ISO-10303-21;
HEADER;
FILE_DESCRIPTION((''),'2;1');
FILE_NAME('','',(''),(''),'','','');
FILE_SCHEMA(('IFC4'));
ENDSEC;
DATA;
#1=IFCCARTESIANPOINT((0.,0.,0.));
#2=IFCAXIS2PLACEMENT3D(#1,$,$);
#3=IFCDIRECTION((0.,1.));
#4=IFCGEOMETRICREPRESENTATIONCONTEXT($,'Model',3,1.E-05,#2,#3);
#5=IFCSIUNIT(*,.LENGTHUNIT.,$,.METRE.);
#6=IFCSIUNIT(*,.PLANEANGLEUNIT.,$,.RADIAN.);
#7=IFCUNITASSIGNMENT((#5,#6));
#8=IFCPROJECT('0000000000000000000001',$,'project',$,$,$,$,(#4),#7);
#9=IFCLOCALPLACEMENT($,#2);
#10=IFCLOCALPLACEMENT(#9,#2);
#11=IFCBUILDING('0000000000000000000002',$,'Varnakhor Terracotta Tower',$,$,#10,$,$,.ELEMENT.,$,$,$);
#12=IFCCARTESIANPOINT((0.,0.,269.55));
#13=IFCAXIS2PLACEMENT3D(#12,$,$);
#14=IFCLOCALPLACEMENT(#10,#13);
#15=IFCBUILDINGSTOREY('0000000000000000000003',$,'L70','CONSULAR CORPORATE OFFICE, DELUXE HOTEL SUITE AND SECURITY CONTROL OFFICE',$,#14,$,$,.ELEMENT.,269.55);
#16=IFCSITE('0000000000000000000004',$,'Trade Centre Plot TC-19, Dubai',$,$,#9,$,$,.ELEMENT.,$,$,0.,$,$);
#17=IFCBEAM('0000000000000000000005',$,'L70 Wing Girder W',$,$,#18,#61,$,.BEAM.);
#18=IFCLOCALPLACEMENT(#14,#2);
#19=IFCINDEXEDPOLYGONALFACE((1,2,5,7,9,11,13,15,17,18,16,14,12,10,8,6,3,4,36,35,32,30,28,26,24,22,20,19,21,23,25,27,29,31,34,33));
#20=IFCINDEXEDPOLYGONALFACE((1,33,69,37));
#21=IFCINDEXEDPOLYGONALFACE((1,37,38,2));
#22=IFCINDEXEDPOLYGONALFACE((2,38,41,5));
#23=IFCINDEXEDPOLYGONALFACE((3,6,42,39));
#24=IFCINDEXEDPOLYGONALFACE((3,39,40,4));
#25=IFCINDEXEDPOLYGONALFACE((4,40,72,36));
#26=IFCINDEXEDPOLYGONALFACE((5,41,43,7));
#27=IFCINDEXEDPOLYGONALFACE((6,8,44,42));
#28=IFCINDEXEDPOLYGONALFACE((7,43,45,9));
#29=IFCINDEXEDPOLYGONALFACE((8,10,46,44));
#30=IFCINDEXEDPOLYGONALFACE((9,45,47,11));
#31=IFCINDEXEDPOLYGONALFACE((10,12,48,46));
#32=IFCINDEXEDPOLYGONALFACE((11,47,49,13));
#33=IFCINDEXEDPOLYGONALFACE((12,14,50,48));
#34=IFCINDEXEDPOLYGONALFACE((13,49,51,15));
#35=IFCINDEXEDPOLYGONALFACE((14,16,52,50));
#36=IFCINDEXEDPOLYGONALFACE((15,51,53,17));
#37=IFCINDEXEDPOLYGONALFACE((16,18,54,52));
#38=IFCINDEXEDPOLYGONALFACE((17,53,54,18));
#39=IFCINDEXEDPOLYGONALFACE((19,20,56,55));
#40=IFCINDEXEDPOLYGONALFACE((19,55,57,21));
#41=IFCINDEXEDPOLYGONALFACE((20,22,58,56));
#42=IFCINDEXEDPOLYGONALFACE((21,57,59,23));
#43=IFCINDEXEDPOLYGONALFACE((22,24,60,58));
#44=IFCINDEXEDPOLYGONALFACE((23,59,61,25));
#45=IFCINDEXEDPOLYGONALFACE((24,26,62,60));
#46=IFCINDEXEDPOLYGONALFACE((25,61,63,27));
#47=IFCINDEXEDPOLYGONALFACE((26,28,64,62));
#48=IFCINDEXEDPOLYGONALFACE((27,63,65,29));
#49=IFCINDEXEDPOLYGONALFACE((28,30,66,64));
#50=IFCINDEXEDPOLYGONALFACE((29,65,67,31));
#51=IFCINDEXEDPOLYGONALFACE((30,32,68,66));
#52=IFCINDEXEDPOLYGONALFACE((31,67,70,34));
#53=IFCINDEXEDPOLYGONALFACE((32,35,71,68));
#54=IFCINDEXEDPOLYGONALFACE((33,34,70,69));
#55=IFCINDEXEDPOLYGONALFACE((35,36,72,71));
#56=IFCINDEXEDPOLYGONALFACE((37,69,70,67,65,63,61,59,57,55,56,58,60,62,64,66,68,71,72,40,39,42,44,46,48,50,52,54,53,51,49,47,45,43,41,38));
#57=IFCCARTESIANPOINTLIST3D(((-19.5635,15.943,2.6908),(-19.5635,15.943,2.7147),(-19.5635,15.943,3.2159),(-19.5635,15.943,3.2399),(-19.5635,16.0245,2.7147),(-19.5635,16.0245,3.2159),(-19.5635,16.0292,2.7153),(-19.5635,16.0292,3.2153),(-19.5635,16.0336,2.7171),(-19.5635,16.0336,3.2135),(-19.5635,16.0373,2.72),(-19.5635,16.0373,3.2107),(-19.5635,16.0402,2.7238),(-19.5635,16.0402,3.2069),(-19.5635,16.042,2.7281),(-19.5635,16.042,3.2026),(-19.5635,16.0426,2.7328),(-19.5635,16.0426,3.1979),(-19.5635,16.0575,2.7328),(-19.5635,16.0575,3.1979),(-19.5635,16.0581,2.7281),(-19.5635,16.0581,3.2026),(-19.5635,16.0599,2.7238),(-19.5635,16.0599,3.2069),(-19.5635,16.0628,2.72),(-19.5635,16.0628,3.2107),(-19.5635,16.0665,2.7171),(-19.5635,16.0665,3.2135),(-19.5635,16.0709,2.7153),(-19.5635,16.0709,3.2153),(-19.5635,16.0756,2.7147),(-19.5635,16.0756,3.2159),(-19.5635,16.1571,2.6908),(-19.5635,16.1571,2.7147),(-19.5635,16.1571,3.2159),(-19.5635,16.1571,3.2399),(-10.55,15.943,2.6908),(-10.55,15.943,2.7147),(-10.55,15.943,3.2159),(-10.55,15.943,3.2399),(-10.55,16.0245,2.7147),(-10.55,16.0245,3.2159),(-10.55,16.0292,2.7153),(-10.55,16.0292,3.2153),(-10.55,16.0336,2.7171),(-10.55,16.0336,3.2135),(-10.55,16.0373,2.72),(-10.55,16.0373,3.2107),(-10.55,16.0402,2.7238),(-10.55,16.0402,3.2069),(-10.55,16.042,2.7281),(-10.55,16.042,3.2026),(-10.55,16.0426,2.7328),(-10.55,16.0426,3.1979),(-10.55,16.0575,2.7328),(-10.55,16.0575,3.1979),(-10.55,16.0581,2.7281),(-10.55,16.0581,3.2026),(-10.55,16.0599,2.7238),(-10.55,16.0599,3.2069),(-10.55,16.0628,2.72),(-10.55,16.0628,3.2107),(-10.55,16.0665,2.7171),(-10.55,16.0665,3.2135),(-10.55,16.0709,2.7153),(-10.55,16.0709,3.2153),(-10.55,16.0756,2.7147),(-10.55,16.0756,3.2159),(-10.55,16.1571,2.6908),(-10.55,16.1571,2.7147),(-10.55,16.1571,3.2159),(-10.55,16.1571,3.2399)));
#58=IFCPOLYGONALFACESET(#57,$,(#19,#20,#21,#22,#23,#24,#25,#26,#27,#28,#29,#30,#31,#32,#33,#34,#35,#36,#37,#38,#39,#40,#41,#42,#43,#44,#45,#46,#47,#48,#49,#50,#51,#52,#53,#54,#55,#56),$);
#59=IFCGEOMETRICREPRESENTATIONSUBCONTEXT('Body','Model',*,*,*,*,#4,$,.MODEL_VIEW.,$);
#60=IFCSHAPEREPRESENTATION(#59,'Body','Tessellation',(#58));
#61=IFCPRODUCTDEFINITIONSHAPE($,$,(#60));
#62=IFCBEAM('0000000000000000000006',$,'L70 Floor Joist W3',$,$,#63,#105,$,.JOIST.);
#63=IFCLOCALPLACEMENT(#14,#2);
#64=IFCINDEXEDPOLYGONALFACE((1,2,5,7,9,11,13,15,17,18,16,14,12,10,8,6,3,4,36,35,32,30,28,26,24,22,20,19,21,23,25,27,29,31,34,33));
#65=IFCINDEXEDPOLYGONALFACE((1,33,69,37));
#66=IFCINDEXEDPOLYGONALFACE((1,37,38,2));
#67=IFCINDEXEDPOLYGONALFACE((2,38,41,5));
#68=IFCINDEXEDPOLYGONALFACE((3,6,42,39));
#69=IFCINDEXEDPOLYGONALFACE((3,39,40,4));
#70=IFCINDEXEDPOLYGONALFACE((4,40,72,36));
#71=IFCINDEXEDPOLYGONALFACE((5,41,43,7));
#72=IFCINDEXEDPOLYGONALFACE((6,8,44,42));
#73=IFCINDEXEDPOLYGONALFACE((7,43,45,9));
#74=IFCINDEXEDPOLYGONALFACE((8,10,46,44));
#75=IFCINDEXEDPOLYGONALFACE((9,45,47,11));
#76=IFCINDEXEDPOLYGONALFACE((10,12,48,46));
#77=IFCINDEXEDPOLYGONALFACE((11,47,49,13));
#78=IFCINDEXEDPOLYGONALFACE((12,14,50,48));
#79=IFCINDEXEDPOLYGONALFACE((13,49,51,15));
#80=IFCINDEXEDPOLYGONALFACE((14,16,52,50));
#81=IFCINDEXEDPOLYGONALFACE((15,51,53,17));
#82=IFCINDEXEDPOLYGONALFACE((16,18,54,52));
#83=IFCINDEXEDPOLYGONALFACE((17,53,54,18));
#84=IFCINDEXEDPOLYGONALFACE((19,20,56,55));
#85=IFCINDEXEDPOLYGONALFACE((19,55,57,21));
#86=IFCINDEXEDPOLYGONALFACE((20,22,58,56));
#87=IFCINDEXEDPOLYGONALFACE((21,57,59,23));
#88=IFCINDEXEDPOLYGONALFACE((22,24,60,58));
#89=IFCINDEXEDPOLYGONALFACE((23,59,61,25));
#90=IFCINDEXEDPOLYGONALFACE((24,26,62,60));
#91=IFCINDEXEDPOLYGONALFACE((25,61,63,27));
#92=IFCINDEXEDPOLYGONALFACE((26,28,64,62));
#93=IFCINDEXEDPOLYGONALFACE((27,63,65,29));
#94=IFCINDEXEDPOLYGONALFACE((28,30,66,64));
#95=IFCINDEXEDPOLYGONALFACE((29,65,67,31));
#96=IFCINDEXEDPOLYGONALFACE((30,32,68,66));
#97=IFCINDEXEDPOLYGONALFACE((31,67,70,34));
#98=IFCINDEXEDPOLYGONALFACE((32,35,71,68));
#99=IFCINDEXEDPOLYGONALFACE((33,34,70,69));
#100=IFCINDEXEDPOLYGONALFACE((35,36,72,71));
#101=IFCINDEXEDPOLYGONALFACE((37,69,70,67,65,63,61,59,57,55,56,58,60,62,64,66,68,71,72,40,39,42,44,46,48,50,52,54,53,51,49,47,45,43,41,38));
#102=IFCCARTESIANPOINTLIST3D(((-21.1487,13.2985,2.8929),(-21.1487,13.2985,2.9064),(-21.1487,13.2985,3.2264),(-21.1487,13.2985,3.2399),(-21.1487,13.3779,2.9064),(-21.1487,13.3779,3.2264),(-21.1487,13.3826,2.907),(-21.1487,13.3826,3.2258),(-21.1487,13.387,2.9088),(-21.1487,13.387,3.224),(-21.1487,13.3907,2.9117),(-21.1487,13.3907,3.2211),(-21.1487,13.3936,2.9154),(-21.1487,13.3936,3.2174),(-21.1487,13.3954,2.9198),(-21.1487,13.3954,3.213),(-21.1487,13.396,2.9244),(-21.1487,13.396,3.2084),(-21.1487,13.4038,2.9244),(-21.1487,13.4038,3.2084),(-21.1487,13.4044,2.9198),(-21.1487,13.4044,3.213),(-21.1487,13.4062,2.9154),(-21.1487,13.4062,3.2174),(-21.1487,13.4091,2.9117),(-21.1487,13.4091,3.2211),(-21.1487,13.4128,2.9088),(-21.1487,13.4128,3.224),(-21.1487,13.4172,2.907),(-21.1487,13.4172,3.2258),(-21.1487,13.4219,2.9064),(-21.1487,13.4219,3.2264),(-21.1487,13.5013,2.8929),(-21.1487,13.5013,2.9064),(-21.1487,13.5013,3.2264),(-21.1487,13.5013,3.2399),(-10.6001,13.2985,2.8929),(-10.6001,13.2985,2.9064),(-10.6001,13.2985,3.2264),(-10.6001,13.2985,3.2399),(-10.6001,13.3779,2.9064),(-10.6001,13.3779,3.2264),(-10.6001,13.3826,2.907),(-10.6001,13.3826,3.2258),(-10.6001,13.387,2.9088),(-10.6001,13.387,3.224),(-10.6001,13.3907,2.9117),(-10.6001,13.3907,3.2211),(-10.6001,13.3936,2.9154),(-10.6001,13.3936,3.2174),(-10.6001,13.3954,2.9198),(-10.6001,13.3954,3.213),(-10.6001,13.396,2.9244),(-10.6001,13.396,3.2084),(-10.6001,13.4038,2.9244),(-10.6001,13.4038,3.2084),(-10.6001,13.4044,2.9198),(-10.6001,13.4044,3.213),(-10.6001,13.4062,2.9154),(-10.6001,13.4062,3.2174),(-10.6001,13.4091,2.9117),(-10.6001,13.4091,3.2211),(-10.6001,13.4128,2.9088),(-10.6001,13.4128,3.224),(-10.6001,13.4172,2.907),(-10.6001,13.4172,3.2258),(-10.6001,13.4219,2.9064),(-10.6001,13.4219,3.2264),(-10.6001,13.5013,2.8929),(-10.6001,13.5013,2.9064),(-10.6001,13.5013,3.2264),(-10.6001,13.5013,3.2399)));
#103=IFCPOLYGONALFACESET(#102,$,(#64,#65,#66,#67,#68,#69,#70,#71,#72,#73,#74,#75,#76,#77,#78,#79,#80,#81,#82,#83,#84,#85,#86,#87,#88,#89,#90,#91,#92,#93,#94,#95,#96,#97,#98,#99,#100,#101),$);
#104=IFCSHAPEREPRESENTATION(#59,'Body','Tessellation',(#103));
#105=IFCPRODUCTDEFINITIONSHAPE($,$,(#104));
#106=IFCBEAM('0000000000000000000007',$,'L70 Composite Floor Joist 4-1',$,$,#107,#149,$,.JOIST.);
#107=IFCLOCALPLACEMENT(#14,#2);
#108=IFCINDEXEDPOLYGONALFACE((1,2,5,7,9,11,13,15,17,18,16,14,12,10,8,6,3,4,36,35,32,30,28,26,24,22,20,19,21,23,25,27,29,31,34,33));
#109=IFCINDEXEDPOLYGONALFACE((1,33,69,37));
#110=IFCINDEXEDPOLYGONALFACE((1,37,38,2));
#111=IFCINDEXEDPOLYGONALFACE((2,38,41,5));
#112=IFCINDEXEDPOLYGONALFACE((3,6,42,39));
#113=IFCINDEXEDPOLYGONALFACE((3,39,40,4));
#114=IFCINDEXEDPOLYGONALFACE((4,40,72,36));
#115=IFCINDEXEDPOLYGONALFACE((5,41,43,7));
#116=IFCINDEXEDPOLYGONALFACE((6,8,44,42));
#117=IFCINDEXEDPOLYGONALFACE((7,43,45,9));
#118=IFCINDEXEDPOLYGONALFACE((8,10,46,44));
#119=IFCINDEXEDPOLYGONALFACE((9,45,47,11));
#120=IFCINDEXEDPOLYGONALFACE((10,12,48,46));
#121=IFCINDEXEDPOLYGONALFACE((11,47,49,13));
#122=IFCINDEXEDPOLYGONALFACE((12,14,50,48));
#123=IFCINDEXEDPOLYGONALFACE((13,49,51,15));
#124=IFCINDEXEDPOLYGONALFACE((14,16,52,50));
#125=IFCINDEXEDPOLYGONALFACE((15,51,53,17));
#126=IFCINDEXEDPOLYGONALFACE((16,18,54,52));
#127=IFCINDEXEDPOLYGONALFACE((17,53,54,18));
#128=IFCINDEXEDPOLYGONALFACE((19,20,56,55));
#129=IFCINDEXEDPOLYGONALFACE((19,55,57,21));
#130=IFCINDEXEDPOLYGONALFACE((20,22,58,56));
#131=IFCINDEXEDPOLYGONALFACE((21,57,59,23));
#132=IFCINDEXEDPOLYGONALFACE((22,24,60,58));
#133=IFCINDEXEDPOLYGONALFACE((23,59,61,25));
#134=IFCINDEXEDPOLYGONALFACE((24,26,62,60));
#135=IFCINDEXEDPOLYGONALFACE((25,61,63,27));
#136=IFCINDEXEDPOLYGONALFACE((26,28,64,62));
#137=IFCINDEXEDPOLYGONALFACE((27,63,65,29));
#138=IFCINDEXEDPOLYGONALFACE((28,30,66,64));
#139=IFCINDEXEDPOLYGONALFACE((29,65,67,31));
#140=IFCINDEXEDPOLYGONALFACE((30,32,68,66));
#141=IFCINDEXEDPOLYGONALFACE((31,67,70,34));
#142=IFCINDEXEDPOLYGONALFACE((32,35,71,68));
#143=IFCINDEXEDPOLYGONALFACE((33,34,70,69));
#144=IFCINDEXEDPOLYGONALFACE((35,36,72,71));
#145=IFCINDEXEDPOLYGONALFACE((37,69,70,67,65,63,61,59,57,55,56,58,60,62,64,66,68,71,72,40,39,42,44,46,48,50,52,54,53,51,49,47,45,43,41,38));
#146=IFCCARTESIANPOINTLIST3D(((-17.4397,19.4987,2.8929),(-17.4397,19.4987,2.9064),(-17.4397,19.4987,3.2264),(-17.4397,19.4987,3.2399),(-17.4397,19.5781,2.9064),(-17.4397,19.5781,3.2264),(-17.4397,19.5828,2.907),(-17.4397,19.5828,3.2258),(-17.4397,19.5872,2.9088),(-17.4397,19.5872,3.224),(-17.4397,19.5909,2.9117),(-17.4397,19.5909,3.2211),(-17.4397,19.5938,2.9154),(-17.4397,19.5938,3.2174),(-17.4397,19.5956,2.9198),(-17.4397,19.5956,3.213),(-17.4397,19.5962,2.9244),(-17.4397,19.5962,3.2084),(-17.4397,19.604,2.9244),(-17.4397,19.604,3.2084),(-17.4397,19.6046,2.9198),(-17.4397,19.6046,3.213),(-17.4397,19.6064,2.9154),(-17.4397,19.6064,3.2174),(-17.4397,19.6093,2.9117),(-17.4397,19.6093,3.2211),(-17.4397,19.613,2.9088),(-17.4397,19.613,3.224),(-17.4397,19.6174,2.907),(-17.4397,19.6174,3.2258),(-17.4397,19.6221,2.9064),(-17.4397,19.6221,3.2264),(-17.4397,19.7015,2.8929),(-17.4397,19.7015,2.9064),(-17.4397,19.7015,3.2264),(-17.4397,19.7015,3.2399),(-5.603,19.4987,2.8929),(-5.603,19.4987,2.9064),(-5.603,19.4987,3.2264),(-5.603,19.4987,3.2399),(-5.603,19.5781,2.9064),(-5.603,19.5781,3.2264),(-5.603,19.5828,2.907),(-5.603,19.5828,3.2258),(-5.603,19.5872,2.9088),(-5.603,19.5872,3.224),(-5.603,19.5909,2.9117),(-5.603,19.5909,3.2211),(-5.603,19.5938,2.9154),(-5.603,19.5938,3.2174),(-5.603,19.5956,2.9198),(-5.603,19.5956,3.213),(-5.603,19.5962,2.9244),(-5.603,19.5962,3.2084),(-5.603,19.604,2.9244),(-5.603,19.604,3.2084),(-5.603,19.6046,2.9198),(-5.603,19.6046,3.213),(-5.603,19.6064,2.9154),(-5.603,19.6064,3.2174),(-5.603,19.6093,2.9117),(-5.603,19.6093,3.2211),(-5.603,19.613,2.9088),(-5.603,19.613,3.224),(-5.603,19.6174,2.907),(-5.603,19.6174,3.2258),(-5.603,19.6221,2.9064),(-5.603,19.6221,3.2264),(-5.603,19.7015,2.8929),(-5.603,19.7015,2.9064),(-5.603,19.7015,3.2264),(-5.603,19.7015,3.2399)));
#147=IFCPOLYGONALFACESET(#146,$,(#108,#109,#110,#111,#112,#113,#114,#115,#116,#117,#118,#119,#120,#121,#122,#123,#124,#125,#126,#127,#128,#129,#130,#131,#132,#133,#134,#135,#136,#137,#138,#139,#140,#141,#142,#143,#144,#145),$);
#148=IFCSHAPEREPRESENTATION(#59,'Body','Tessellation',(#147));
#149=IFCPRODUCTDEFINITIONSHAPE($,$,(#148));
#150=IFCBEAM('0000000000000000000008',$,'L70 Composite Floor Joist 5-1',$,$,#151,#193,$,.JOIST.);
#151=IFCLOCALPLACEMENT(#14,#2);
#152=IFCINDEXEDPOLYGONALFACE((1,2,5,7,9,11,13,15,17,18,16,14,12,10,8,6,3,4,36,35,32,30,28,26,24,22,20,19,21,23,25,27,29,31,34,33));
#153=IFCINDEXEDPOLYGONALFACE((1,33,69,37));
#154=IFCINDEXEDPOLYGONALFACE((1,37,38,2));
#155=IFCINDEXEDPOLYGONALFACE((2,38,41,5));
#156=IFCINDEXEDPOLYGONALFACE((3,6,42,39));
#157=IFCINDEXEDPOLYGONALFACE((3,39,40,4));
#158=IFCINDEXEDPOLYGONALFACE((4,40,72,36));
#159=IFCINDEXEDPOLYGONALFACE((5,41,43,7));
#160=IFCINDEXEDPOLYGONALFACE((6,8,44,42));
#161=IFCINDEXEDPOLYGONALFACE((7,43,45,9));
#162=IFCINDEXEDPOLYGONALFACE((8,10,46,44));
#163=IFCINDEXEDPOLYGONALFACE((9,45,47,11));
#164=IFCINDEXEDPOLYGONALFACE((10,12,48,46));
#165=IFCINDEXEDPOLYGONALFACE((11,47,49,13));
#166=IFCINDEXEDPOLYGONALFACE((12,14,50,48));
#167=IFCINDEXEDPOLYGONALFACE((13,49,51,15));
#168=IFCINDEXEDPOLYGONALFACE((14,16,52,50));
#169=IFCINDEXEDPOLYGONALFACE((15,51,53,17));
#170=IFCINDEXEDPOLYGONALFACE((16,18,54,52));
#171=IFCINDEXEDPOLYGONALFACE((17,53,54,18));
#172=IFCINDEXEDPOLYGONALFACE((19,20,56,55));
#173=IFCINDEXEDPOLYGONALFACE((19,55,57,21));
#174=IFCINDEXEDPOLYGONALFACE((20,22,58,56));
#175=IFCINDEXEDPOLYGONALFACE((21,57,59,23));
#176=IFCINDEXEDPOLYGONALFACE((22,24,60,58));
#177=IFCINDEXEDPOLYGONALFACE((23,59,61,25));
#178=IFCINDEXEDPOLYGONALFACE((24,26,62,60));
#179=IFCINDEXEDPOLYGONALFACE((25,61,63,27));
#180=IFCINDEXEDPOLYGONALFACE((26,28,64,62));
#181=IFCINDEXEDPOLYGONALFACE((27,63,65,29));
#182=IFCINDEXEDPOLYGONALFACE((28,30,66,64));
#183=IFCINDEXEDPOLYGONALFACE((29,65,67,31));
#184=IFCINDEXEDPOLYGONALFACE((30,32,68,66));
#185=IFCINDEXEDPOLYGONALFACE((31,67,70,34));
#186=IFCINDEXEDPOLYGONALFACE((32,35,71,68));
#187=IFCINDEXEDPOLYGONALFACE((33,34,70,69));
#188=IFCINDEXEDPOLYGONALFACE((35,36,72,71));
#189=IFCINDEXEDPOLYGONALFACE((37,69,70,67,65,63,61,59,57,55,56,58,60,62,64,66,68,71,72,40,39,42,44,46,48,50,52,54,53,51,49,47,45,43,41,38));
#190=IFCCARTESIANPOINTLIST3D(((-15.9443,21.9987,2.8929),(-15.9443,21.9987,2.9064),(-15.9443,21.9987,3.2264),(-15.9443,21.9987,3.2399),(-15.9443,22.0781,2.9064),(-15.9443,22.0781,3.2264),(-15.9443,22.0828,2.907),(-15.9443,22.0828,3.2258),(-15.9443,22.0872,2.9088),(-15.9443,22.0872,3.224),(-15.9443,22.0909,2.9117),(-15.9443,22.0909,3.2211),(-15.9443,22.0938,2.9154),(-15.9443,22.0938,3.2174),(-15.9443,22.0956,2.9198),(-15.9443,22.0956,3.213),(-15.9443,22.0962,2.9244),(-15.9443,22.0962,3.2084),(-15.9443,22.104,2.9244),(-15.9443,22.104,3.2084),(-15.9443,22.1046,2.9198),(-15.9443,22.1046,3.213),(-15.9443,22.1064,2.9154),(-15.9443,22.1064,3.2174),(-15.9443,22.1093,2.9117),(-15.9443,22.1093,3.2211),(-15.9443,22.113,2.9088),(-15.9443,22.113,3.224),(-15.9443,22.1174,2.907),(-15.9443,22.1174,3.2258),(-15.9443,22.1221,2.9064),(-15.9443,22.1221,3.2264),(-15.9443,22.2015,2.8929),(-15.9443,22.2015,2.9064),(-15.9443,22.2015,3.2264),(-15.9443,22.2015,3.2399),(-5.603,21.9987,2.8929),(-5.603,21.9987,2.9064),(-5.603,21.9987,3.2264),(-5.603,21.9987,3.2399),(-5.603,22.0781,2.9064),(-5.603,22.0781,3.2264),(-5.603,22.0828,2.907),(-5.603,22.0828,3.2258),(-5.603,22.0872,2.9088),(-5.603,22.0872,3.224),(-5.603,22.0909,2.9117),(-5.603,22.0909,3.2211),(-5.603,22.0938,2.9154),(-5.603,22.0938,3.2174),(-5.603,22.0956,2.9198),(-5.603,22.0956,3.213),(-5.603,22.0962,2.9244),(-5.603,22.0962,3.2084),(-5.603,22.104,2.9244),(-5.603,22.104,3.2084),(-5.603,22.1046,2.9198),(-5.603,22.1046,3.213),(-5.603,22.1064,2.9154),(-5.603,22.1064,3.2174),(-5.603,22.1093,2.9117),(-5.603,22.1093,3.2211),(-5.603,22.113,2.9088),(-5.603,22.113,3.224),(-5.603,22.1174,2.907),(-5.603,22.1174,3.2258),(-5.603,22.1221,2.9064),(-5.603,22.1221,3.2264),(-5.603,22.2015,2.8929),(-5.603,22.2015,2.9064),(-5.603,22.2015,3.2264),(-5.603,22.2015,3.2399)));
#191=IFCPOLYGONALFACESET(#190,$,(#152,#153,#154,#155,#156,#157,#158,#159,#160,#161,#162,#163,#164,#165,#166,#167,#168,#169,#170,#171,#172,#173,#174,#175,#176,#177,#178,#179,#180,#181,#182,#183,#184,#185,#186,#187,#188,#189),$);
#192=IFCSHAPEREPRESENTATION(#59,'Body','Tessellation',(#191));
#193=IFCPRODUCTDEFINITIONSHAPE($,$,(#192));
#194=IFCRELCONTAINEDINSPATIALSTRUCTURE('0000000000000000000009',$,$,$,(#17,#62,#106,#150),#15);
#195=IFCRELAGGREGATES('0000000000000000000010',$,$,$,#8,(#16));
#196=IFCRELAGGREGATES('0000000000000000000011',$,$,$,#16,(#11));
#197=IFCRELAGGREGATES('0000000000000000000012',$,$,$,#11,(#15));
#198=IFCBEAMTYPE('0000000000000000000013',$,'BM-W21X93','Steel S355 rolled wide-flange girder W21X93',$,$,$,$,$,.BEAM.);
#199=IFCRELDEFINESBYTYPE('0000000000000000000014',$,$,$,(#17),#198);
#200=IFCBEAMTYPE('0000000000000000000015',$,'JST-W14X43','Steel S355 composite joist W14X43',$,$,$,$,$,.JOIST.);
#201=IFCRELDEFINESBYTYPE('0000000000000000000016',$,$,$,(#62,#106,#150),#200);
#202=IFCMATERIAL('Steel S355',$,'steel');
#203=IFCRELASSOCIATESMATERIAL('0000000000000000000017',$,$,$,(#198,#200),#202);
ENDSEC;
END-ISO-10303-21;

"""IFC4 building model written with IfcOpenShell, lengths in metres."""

from ifc_helpers import new_model, si_unit, direction, frame, origin, origin_2d, place, context, subcontext, project, spatial, i_section, extrude, source, transform, mapped, material, material_profile, profile_set, type_object, element, save


model = new_model("IFC4")

# Units and contexts
model_context = context("Model", 3, precision=1e-05, world=origin(), true_north=direction((0.0, 1.0)))
body_context = subcontext(model_context, "Body", "Model", "MODEL_VIEW")
ifc_project = project(units=[si_unit("LENGTHUNIT", "METRE"), si_unit("PLANEANGLEUNIT", "RADIAN")], contexts=[model_context])

# Site, building, storey
site_placement = place(None, origin())
site = spatial("IfcSite", under=ifc_project, at=site_placement, Name="Trade Centre Plot TC-19, Dubai", CompositionType="ELEMENT", RefElevation=0.0)
building_placement = place(site_placement, origin())
building = spatial("IfcBuilding", under=site, at=building_placement, Name="Varnakhor Terracotta Tower", CompositionType="ELEMENT")
storey_placement = place(building_placement, frame((0.0, 0.0, 269.55)))
storey = spatial("IfcBuildingStorey", under=building, at=storey_placement, Name="L70", Description="CONSULAR CORPORATE OFFICE, DELUXE HOTEL SUITE AND SECURITY CONTROL OFFICE", CompositionType="ELEMENT", Elevation=269.55)

# Beams
ifc_material_1 = material(Name="Steel S355", Category="steel")
ifc_material_profile_1 = material_profile(ifc_material_1, i_section(OverallWidth=0.2141, OverallDepth=0.5491, WebThickness=0.0149, FlangeThickness=0.0239, FilletRadius=0.0181, at=origin_2d()), Name="W21X93")
ifc_profile_set_1 = profile_set([ifc_material_profile_1], Name="Steel S355")
beam_type_1 = type_object("IfcBeamType", Name="BM-W21X93", Description="Steel S355 rolled wide-flange girder W21X93", PredefinedType="BEAM", material=ifc_profile_set_1)
shared_shape_1 = source(origin(), body_context, "Body", "SweptSolid", [
    extrude(i_section(OverallWidth=0.2141, OverallDepth=0.5491, WebThickness=0.0149, FlangeThickness=0.0239, FilletRadius=0.0181, at=origin_2d()), origin(), (0.0, 0.0, 1.0), 9.0134),
])
beam_1_placement = place(storey_placement, frame((-19.5635, 16.05, 2.9653), z_axis=(1.0, 0.0, 0.0), x_axis=(0.0, 1.0, 0.0)))
element("IfcBeam", 1, at=beam_1_placement, inside=storey, type_object=beam_type_1, Name="L70 Wing Girder W", PredefinedType="BEAM", context=body_context, shape_type="MappedRepresentation", body=[
    mapped(shared_shape_1, transform((0.0, 0.0, 0.0), scale=1.0)),
])
ifc_material_profile_2 = material_profile(ifc_material_1, i_section(OverallWidth=0.2029, OverallDepth=0.3469, WebThickness=0.0078, FlangeThickness=0.0134, FilletRadius=0.0181, at=origin_2d()), Name="W14X43")
ifc_profile_set_2 = profile_set([ifc_material_profile_2], Name="Steel S355")
beam_type_2 = type_object("IfcBeamType", Name="JST-W14X43", Description="Steel S355 composite joist W14X43", PredefinedType="JOIST", material=ifc_profile_set_2)
shared_shape_2 = source(origin(), body_context, "Body", "SweptSolid", [
    extrude(i_section(OverallWidth=0.2029, OverallDepth=0.3469, WebThickness=0.0078, FlangeThickness=0.0134, FilletRadius=0.0181, at=origin_2d()), origin(), (0.0, 0.0, 1.0), 10.5486),
])
beam_2_placement = place(storey_placement, frame((-21.1487, 13.3999, 3.0664), z_axis=(1.0, 0.0, 0.0), x_axis=(0.0, 1.0, 0.0)))
element("IfcBeam", 2, at=beam_2_placement, inside=storey, type_object=beam_type_2, Name="L70 Floor Joist W3", PredefinedType="JOIST", context=body_context, shape_type="MappedRepresentation", body=[
    mapped(shared_shape_2, transform((0.0, 0.0, 0.0), scale=1.0)),
])
shared_shape_3 = source(origin(), body_context, "Body", "SweptSolid", [
    extrude(i_section(OverallWidth=0.2029, OverallDepth=0.3469, WebThickness=0.0078, FlangeThickness=0.0134, FilletRadius=0.0181, at=origin_2d()), origin(), (0.0, 0.0, 1.0), 11.8367),
])
beam_3_placement = place(storey_placement, frame((-17.4397, 19.6001, 3.0664), z_axis=(1.0, 0.0, 0.0), x_axis=(0.0, 1.0, 0.0)))
element("IfcBeam", 3, at=beam_3_placement, inside=storey, type_object=beam_type_2, Name="L70 Composite Floor Joist 4-1", PredefinedType="JOIST", context=body_context, shape_type="MappedRepresentation", body=[
    mapped(shared_shape_3, transform((0.0, 0.0, 0.0), scale=1.0)),
])
shared_shape_4 = source(origin(), body_context, "Body", "SweptSolid", [
    extrude(i_section(OverallWidth=0.2029, OverallDepth=0.3469, WebThickness=0.0078, FlangeThickness=0.0134, FilletRadius=0.0181, at=origin_2d()), origin(), (0.0, 0.0, 1.0), 10.3413),
])
beam_4_placement = place(storey_placement, frame((-15.9443, 22.1001, 3.0664), z_axis=(1.0, 0.0, 0.0), x_axis=(0.0, 1.0, 0.0)))
element("IfcBeam", 4, at=beam_4_placement, inside=storey, type_object=beam_type_2, Name="L70 Composite Floor Joist 5-1", PredefinedType="JOIST", context=body_context, shape_type="MappedRepresentation", body=[
    mapped(shared_shape_4, transform((0.0, 0.0, 0.0), scale=1.0)),
])

save(model, "model.ifc")
